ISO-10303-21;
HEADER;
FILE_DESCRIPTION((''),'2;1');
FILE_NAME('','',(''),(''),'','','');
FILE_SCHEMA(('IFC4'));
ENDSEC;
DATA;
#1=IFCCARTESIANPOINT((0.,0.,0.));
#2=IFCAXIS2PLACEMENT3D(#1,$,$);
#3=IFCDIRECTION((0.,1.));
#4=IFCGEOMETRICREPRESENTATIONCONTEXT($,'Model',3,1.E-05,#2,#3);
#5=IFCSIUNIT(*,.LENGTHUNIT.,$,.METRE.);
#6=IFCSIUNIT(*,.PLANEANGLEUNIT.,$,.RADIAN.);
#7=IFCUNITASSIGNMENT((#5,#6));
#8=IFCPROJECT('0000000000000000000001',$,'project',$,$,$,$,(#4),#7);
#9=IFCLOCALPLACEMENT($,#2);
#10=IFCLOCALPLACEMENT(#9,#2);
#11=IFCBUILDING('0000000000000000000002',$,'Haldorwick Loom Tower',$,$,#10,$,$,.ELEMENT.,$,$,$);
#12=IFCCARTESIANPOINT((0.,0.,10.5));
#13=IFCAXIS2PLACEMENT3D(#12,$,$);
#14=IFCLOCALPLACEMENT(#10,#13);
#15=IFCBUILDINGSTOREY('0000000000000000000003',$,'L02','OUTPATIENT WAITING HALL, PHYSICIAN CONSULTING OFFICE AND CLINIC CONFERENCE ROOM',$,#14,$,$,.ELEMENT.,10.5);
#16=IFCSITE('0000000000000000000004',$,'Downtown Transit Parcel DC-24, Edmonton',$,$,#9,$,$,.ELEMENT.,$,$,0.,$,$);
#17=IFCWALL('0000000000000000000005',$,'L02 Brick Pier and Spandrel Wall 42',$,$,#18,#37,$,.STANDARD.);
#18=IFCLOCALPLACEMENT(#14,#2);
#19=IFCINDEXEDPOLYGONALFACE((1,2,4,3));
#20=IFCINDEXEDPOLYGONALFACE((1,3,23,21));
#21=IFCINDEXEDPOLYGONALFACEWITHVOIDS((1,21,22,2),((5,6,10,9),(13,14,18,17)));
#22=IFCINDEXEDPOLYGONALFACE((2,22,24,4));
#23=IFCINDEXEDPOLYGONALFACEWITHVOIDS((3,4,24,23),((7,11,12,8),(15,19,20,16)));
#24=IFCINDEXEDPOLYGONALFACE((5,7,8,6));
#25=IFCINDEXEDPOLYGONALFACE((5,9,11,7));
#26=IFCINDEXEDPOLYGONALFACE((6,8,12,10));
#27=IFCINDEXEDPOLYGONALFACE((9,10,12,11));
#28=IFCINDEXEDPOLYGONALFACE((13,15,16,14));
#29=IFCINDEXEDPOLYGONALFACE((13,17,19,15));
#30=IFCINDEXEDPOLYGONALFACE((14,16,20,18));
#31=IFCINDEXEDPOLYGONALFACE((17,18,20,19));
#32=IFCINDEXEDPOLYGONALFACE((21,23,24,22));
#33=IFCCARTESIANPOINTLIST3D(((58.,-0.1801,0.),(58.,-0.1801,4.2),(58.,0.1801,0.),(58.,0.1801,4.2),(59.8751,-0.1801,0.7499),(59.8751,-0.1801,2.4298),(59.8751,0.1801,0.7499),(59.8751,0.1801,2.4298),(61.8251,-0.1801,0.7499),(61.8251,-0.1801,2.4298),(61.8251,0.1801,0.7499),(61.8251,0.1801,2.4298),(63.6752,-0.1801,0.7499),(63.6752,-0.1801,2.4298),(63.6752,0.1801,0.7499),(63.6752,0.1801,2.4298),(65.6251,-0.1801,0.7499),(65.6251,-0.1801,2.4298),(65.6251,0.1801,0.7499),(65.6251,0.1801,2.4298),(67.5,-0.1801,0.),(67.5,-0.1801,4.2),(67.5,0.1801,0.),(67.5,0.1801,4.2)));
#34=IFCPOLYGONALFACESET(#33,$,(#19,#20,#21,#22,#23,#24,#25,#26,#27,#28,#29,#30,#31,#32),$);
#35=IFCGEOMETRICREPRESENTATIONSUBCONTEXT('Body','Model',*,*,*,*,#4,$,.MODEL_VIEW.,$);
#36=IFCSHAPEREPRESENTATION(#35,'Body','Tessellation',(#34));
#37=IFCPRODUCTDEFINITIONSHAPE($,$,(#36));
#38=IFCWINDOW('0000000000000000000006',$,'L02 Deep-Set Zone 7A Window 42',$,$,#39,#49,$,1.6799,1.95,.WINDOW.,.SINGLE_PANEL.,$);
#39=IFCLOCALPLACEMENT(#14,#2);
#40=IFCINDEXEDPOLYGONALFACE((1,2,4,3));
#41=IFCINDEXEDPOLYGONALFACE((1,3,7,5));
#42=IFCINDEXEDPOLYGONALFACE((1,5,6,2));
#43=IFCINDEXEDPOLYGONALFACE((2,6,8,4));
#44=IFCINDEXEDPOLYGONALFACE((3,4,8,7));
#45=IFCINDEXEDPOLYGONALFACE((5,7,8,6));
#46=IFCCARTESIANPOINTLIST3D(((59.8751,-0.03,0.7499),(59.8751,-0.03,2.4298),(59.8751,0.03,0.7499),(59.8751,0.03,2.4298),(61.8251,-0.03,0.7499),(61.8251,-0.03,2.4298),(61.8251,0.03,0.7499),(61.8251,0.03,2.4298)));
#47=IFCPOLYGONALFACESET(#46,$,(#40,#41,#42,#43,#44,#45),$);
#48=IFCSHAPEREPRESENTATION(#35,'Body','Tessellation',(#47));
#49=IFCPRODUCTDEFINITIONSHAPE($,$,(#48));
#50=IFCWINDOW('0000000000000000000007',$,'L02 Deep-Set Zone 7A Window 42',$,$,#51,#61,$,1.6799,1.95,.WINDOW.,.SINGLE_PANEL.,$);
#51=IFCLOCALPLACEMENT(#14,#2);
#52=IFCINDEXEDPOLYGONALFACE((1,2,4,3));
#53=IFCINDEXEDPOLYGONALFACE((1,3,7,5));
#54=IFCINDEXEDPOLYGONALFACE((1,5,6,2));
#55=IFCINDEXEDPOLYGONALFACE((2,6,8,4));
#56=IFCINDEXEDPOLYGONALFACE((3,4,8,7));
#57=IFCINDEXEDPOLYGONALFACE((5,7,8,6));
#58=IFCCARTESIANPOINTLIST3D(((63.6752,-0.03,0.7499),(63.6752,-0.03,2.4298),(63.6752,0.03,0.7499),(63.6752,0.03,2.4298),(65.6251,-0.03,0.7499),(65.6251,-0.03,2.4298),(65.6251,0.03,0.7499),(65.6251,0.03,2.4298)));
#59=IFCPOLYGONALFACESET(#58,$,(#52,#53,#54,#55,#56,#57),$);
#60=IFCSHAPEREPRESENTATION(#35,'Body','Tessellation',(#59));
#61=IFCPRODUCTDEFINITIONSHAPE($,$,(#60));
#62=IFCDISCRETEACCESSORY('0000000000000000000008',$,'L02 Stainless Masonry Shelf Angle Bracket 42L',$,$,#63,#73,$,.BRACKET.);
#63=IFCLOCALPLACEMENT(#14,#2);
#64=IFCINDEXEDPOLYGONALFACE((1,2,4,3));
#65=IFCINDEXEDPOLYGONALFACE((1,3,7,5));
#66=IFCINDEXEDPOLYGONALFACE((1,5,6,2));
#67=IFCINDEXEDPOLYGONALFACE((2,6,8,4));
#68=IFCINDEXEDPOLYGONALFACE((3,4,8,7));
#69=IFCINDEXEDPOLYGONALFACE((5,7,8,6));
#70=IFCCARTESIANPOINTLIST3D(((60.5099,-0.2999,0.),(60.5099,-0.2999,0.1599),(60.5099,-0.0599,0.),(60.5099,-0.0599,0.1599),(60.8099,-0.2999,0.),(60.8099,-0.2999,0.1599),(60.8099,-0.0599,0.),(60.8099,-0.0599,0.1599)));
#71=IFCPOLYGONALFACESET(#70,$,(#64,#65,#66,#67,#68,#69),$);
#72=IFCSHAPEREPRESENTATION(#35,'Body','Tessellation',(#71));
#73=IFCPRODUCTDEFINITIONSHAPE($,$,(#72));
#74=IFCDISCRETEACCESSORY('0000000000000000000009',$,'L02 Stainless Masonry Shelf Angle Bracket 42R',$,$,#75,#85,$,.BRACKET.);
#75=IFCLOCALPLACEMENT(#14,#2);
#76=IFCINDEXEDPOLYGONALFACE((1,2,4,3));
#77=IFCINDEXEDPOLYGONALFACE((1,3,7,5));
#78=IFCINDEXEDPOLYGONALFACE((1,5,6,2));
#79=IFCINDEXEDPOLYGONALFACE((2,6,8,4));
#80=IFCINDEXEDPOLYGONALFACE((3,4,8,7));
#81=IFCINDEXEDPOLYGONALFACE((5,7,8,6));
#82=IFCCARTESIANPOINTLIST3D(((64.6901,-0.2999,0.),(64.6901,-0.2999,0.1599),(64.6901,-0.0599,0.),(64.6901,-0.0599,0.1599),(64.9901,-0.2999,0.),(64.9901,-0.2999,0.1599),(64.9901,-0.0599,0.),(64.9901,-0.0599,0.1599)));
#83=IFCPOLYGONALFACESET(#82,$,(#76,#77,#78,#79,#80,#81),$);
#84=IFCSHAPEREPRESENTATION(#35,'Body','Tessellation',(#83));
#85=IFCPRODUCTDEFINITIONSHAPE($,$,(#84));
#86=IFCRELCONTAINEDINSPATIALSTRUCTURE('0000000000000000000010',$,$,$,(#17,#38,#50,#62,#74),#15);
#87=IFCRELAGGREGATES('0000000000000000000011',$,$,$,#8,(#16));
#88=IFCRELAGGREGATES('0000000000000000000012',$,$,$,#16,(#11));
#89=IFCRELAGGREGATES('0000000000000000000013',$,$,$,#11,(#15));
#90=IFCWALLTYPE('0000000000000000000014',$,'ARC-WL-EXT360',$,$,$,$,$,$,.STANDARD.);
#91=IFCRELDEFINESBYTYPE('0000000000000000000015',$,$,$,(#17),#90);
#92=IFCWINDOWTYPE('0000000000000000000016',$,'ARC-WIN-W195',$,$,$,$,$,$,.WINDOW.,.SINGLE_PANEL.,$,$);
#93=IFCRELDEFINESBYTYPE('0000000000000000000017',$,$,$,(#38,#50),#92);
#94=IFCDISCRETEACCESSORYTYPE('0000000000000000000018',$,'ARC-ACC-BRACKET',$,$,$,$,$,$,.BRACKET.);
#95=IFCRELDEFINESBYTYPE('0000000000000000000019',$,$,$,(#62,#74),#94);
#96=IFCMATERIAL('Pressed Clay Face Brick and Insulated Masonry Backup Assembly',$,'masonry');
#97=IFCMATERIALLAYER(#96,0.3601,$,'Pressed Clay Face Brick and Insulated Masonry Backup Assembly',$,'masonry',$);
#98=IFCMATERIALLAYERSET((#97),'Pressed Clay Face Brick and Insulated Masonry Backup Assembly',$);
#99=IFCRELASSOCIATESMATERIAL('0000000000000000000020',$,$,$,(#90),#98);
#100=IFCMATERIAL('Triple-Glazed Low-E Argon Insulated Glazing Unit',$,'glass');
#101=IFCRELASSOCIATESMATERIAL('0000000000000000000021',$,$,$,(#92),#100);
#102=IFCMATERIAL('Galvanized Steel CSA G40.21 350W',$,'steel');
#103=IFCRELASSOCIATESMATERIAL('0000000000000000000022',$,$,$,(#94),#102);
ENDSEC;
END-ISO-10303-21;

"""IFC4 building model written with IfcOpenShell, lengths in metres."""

from ifc_helpers import new_model, si_unit, direction, frame, frame_2d, origin, origin_2d, place, context, subcontext, project, spatial, rectangle, extrude, material, layer, layer_set, type_object, element, fill, save


model = new_model("IFC4")

# Units and contexts
model_context = context("Model", 3, precision=1e-05, world=origin(), true_north=direction((0.0, 1.0)))
body_context = subcontext(model_context, "Body", "Model", "MODEL_VIEW")
ifc_project = project(units=[si_unit("LENGTHUNIT", "METRE"), si_unit("PLANEANGLEUNIT", "RADIAN")], contexts=[model_context])

# Site, building, storey
site_placement = place(None, origin())
site = spatial("IfcSite", under=ifc_project, at=site_placement, Name="Downtown Transit Parcel DC-24, Edmonton", CompositionType="ELEMENT", RefElevation=0.0)
building_placement = place(site_placement, origin())
building = spatial("IfcBuilding", under=site, at=building_placement, Name="Haldorwick Loom Tower", CompositionType="ELEMENT")
storey_placement = place(building_placement, frame((0.0, 0.0, 10.5)))
storey = spatial("IfcBuildingStorey", under=building, at=storey_placement, Name="L02", Description="OUTPATIENT WAITING HALL, PHYSICIAN CONSULTING OFFICE AND CLINIC CONFERENCE ROOM", CompositionType="ELEMENT", Elevation=10.5)

# Shared definitions
ifc_material_1 = material(Name="Triple-Glazed Low-E Argon Insulated Glazing Unit", Category="glass")

# Shared definitions
ifc_material_2 = material(Name="Pressed Clay Face Brick and Insulated Masonry Backup Assembly", Category="masonry")
ifc_layer_1 = layer(ifc_material_2, 0.3601, Name="Pressed Clay Face Brick and Insulated Masonry Backup Assembly", Category="masonry")
ifc_layer_set_1 = layer_set([ifc_layer_1], Name="Pressed Clay Face Brick and Insulated Masonry Backup Assembly")
wall_type = type_object("IfcWallType", Name="ARC-WL-EXT360", PredefinedType="STANDARD", material=ifc_layer_set_1)

# Wall, openings, windows
window_type = type_object("IfcWindowType", Name="ARC-WIN-W195", PartitioningType="SINGLE_PANEL", PredefinedType="WINDOW", material=ifc_material_1)
wall_1_placement = place(storey_placement, frame((58.0, 0.0, 0.0), z_axis=(0.0, 0.0, 1.0), x_axis=(1.0, 0.0, 0.0)))
wall_1 = element("IfcWall", 1, at=wall_1_placement, inside=storey, type_object=wall_type, Name="L02 Brick Pier and Spandrel Wall 42", PredefinedType="STANDARD", context=body_context, shape_type="SweptSolid", body=[
    extrude(rectangle(XDim=9.5, YDim=0.3601, at=frame_2d((4.75, 0.0))), origin(), (0.0, 0.0, 1.0), 4.2),
])
opening_1_placement = place(wall_1_placement, frame((1.875, 0.0, 0.75)))
opening_1 = element("IfcOpeningElement", 2, at=opening_1_placement, cuts=wall_1, PredefinedType="OPENING", context=body_context, shape_type="SweptSolid", body=[
    extrude(rectangle(XDim=1.95, YDim=1.6799, at=frame_2d((0.9751, 0.8398))), frame((0.0, 0.1899, 0.0), z_axis=(0.0, -1.0, 0.0), x_axis=(1.0, 0.0, 0.0)), (0.0, 0.0, 1.0), 0.3801),
])
opening_2_placement = place(wall_1_placement, frame((5.675, 0.0, 0.75)))
opening_2 = element("IfcOpeningElement", 3, at=opening_2_placement, cuts=wall_1, PredefinedType="OPENING", context=body_context, shape_type="SweptSolid", body=[
    extrude(rectangle(XDim=1.95, YDim=1.6799, at=frame_2d((0.9751, 0.8398))), frame((0.0, 0.1899, 0.0), z_axis=(0.0, -1.0, 0.0), x_axis=(1.0, 0.0, 0.0)), (0.0, 0.0, 1.0), 0.3801),
])
window_1_placement = place(opening_1_placement, origin())
window_1 = element("IfcWindow", 4, at=window_1_placement, inside=storey, type_object=window_type, Name="L02 Deep-Set Zone 7A Window 42", OverallHeight=1.6799, OverallWidth=1.95, PartitioningType="SINGLE_PANEL", PredefinedType="WINDOW", context=body_context, shape_type="SweptSolid", body=[
    extrude(rectangle(XDim=1.95, YDim=1.6799, at=frame_2d((0.9751, 0.8398))), frame((0.0, 0.03, 0.0), z_axis=(0.0, -1.0, 0.0), x_axis=(1.0, 0.0, 0.0)), (0.0, 0.0, 1.0), 0.0601),
])
fill(opening_1, window_1)
window_2_placement = place(opening_2_placement, origin())
window_2 = element("IfcWindow", 5, at=window_2_placement, inside=storey, type_object=window_type, Name="L02 Deep-Set Zone 7A Window 42", OverallHeight=1.6799, OverallWidth=1.95, PartitioningType="SINGLE_PANEL", PredefinedType="WINDOW", context=body_context, shape_type="SweptSolid", body=[
    extrude(rectangle(XDim=1.95, YDim=1.6799, at=frame_2d((0.9751, 0.8398))), frame((0.0, 0.03, 0.0), z_axis=(0.0, -1.0, 0.0), x_axis=(1.0, 0.0, 0.0)), (0.0, 0.0, 1.0), 0.0601),
])
fill(opening_2, window_2)

# Discrete accessories
ifc_material_3 = material(Name="Galvanized Steel CSA G40.21 350W", Category="steel")
discrete_accessory_type = type_object("IfcDiscreteAccessoryType", Name="ARC-ACC-BRACKET", PredefinedType="BRACKET", material=ifc_material_3)
for number, where, z_axis, x_axis, name in (
    (6, (60.6599, -0.1799, 0.0), (0.0, 0.0, 1.0), (1.0, 0.0, 0.0), "L02 Stainless Masonry Shelf Angle Bracket 42L"),
    (7, (64.8401, -0.1799, 0.0), (0.0, 0.0, 1.0), (1.0, 0.0, 0.0), "L02 Stainless Masonry Shelf Angle Bracket 42R"),
):
    element("IfcDiscreteAccessory", number, at=place(storey_placement, frame(where, z_axis=z_axis, x_axis=x_axis)), inside=storey, type_object=discrete_accessory_type, Name=name, PredefinedType="BRACKET", context=body_context, shape_type="SweptSolid", body=[
        extrude(rectangle(XDim=0.3, YDim=0.24, at=origin_2d()), origin(), (0.0, 0.0, 1.0), 0.1599),
    ])

save(model, "model.ifc")
